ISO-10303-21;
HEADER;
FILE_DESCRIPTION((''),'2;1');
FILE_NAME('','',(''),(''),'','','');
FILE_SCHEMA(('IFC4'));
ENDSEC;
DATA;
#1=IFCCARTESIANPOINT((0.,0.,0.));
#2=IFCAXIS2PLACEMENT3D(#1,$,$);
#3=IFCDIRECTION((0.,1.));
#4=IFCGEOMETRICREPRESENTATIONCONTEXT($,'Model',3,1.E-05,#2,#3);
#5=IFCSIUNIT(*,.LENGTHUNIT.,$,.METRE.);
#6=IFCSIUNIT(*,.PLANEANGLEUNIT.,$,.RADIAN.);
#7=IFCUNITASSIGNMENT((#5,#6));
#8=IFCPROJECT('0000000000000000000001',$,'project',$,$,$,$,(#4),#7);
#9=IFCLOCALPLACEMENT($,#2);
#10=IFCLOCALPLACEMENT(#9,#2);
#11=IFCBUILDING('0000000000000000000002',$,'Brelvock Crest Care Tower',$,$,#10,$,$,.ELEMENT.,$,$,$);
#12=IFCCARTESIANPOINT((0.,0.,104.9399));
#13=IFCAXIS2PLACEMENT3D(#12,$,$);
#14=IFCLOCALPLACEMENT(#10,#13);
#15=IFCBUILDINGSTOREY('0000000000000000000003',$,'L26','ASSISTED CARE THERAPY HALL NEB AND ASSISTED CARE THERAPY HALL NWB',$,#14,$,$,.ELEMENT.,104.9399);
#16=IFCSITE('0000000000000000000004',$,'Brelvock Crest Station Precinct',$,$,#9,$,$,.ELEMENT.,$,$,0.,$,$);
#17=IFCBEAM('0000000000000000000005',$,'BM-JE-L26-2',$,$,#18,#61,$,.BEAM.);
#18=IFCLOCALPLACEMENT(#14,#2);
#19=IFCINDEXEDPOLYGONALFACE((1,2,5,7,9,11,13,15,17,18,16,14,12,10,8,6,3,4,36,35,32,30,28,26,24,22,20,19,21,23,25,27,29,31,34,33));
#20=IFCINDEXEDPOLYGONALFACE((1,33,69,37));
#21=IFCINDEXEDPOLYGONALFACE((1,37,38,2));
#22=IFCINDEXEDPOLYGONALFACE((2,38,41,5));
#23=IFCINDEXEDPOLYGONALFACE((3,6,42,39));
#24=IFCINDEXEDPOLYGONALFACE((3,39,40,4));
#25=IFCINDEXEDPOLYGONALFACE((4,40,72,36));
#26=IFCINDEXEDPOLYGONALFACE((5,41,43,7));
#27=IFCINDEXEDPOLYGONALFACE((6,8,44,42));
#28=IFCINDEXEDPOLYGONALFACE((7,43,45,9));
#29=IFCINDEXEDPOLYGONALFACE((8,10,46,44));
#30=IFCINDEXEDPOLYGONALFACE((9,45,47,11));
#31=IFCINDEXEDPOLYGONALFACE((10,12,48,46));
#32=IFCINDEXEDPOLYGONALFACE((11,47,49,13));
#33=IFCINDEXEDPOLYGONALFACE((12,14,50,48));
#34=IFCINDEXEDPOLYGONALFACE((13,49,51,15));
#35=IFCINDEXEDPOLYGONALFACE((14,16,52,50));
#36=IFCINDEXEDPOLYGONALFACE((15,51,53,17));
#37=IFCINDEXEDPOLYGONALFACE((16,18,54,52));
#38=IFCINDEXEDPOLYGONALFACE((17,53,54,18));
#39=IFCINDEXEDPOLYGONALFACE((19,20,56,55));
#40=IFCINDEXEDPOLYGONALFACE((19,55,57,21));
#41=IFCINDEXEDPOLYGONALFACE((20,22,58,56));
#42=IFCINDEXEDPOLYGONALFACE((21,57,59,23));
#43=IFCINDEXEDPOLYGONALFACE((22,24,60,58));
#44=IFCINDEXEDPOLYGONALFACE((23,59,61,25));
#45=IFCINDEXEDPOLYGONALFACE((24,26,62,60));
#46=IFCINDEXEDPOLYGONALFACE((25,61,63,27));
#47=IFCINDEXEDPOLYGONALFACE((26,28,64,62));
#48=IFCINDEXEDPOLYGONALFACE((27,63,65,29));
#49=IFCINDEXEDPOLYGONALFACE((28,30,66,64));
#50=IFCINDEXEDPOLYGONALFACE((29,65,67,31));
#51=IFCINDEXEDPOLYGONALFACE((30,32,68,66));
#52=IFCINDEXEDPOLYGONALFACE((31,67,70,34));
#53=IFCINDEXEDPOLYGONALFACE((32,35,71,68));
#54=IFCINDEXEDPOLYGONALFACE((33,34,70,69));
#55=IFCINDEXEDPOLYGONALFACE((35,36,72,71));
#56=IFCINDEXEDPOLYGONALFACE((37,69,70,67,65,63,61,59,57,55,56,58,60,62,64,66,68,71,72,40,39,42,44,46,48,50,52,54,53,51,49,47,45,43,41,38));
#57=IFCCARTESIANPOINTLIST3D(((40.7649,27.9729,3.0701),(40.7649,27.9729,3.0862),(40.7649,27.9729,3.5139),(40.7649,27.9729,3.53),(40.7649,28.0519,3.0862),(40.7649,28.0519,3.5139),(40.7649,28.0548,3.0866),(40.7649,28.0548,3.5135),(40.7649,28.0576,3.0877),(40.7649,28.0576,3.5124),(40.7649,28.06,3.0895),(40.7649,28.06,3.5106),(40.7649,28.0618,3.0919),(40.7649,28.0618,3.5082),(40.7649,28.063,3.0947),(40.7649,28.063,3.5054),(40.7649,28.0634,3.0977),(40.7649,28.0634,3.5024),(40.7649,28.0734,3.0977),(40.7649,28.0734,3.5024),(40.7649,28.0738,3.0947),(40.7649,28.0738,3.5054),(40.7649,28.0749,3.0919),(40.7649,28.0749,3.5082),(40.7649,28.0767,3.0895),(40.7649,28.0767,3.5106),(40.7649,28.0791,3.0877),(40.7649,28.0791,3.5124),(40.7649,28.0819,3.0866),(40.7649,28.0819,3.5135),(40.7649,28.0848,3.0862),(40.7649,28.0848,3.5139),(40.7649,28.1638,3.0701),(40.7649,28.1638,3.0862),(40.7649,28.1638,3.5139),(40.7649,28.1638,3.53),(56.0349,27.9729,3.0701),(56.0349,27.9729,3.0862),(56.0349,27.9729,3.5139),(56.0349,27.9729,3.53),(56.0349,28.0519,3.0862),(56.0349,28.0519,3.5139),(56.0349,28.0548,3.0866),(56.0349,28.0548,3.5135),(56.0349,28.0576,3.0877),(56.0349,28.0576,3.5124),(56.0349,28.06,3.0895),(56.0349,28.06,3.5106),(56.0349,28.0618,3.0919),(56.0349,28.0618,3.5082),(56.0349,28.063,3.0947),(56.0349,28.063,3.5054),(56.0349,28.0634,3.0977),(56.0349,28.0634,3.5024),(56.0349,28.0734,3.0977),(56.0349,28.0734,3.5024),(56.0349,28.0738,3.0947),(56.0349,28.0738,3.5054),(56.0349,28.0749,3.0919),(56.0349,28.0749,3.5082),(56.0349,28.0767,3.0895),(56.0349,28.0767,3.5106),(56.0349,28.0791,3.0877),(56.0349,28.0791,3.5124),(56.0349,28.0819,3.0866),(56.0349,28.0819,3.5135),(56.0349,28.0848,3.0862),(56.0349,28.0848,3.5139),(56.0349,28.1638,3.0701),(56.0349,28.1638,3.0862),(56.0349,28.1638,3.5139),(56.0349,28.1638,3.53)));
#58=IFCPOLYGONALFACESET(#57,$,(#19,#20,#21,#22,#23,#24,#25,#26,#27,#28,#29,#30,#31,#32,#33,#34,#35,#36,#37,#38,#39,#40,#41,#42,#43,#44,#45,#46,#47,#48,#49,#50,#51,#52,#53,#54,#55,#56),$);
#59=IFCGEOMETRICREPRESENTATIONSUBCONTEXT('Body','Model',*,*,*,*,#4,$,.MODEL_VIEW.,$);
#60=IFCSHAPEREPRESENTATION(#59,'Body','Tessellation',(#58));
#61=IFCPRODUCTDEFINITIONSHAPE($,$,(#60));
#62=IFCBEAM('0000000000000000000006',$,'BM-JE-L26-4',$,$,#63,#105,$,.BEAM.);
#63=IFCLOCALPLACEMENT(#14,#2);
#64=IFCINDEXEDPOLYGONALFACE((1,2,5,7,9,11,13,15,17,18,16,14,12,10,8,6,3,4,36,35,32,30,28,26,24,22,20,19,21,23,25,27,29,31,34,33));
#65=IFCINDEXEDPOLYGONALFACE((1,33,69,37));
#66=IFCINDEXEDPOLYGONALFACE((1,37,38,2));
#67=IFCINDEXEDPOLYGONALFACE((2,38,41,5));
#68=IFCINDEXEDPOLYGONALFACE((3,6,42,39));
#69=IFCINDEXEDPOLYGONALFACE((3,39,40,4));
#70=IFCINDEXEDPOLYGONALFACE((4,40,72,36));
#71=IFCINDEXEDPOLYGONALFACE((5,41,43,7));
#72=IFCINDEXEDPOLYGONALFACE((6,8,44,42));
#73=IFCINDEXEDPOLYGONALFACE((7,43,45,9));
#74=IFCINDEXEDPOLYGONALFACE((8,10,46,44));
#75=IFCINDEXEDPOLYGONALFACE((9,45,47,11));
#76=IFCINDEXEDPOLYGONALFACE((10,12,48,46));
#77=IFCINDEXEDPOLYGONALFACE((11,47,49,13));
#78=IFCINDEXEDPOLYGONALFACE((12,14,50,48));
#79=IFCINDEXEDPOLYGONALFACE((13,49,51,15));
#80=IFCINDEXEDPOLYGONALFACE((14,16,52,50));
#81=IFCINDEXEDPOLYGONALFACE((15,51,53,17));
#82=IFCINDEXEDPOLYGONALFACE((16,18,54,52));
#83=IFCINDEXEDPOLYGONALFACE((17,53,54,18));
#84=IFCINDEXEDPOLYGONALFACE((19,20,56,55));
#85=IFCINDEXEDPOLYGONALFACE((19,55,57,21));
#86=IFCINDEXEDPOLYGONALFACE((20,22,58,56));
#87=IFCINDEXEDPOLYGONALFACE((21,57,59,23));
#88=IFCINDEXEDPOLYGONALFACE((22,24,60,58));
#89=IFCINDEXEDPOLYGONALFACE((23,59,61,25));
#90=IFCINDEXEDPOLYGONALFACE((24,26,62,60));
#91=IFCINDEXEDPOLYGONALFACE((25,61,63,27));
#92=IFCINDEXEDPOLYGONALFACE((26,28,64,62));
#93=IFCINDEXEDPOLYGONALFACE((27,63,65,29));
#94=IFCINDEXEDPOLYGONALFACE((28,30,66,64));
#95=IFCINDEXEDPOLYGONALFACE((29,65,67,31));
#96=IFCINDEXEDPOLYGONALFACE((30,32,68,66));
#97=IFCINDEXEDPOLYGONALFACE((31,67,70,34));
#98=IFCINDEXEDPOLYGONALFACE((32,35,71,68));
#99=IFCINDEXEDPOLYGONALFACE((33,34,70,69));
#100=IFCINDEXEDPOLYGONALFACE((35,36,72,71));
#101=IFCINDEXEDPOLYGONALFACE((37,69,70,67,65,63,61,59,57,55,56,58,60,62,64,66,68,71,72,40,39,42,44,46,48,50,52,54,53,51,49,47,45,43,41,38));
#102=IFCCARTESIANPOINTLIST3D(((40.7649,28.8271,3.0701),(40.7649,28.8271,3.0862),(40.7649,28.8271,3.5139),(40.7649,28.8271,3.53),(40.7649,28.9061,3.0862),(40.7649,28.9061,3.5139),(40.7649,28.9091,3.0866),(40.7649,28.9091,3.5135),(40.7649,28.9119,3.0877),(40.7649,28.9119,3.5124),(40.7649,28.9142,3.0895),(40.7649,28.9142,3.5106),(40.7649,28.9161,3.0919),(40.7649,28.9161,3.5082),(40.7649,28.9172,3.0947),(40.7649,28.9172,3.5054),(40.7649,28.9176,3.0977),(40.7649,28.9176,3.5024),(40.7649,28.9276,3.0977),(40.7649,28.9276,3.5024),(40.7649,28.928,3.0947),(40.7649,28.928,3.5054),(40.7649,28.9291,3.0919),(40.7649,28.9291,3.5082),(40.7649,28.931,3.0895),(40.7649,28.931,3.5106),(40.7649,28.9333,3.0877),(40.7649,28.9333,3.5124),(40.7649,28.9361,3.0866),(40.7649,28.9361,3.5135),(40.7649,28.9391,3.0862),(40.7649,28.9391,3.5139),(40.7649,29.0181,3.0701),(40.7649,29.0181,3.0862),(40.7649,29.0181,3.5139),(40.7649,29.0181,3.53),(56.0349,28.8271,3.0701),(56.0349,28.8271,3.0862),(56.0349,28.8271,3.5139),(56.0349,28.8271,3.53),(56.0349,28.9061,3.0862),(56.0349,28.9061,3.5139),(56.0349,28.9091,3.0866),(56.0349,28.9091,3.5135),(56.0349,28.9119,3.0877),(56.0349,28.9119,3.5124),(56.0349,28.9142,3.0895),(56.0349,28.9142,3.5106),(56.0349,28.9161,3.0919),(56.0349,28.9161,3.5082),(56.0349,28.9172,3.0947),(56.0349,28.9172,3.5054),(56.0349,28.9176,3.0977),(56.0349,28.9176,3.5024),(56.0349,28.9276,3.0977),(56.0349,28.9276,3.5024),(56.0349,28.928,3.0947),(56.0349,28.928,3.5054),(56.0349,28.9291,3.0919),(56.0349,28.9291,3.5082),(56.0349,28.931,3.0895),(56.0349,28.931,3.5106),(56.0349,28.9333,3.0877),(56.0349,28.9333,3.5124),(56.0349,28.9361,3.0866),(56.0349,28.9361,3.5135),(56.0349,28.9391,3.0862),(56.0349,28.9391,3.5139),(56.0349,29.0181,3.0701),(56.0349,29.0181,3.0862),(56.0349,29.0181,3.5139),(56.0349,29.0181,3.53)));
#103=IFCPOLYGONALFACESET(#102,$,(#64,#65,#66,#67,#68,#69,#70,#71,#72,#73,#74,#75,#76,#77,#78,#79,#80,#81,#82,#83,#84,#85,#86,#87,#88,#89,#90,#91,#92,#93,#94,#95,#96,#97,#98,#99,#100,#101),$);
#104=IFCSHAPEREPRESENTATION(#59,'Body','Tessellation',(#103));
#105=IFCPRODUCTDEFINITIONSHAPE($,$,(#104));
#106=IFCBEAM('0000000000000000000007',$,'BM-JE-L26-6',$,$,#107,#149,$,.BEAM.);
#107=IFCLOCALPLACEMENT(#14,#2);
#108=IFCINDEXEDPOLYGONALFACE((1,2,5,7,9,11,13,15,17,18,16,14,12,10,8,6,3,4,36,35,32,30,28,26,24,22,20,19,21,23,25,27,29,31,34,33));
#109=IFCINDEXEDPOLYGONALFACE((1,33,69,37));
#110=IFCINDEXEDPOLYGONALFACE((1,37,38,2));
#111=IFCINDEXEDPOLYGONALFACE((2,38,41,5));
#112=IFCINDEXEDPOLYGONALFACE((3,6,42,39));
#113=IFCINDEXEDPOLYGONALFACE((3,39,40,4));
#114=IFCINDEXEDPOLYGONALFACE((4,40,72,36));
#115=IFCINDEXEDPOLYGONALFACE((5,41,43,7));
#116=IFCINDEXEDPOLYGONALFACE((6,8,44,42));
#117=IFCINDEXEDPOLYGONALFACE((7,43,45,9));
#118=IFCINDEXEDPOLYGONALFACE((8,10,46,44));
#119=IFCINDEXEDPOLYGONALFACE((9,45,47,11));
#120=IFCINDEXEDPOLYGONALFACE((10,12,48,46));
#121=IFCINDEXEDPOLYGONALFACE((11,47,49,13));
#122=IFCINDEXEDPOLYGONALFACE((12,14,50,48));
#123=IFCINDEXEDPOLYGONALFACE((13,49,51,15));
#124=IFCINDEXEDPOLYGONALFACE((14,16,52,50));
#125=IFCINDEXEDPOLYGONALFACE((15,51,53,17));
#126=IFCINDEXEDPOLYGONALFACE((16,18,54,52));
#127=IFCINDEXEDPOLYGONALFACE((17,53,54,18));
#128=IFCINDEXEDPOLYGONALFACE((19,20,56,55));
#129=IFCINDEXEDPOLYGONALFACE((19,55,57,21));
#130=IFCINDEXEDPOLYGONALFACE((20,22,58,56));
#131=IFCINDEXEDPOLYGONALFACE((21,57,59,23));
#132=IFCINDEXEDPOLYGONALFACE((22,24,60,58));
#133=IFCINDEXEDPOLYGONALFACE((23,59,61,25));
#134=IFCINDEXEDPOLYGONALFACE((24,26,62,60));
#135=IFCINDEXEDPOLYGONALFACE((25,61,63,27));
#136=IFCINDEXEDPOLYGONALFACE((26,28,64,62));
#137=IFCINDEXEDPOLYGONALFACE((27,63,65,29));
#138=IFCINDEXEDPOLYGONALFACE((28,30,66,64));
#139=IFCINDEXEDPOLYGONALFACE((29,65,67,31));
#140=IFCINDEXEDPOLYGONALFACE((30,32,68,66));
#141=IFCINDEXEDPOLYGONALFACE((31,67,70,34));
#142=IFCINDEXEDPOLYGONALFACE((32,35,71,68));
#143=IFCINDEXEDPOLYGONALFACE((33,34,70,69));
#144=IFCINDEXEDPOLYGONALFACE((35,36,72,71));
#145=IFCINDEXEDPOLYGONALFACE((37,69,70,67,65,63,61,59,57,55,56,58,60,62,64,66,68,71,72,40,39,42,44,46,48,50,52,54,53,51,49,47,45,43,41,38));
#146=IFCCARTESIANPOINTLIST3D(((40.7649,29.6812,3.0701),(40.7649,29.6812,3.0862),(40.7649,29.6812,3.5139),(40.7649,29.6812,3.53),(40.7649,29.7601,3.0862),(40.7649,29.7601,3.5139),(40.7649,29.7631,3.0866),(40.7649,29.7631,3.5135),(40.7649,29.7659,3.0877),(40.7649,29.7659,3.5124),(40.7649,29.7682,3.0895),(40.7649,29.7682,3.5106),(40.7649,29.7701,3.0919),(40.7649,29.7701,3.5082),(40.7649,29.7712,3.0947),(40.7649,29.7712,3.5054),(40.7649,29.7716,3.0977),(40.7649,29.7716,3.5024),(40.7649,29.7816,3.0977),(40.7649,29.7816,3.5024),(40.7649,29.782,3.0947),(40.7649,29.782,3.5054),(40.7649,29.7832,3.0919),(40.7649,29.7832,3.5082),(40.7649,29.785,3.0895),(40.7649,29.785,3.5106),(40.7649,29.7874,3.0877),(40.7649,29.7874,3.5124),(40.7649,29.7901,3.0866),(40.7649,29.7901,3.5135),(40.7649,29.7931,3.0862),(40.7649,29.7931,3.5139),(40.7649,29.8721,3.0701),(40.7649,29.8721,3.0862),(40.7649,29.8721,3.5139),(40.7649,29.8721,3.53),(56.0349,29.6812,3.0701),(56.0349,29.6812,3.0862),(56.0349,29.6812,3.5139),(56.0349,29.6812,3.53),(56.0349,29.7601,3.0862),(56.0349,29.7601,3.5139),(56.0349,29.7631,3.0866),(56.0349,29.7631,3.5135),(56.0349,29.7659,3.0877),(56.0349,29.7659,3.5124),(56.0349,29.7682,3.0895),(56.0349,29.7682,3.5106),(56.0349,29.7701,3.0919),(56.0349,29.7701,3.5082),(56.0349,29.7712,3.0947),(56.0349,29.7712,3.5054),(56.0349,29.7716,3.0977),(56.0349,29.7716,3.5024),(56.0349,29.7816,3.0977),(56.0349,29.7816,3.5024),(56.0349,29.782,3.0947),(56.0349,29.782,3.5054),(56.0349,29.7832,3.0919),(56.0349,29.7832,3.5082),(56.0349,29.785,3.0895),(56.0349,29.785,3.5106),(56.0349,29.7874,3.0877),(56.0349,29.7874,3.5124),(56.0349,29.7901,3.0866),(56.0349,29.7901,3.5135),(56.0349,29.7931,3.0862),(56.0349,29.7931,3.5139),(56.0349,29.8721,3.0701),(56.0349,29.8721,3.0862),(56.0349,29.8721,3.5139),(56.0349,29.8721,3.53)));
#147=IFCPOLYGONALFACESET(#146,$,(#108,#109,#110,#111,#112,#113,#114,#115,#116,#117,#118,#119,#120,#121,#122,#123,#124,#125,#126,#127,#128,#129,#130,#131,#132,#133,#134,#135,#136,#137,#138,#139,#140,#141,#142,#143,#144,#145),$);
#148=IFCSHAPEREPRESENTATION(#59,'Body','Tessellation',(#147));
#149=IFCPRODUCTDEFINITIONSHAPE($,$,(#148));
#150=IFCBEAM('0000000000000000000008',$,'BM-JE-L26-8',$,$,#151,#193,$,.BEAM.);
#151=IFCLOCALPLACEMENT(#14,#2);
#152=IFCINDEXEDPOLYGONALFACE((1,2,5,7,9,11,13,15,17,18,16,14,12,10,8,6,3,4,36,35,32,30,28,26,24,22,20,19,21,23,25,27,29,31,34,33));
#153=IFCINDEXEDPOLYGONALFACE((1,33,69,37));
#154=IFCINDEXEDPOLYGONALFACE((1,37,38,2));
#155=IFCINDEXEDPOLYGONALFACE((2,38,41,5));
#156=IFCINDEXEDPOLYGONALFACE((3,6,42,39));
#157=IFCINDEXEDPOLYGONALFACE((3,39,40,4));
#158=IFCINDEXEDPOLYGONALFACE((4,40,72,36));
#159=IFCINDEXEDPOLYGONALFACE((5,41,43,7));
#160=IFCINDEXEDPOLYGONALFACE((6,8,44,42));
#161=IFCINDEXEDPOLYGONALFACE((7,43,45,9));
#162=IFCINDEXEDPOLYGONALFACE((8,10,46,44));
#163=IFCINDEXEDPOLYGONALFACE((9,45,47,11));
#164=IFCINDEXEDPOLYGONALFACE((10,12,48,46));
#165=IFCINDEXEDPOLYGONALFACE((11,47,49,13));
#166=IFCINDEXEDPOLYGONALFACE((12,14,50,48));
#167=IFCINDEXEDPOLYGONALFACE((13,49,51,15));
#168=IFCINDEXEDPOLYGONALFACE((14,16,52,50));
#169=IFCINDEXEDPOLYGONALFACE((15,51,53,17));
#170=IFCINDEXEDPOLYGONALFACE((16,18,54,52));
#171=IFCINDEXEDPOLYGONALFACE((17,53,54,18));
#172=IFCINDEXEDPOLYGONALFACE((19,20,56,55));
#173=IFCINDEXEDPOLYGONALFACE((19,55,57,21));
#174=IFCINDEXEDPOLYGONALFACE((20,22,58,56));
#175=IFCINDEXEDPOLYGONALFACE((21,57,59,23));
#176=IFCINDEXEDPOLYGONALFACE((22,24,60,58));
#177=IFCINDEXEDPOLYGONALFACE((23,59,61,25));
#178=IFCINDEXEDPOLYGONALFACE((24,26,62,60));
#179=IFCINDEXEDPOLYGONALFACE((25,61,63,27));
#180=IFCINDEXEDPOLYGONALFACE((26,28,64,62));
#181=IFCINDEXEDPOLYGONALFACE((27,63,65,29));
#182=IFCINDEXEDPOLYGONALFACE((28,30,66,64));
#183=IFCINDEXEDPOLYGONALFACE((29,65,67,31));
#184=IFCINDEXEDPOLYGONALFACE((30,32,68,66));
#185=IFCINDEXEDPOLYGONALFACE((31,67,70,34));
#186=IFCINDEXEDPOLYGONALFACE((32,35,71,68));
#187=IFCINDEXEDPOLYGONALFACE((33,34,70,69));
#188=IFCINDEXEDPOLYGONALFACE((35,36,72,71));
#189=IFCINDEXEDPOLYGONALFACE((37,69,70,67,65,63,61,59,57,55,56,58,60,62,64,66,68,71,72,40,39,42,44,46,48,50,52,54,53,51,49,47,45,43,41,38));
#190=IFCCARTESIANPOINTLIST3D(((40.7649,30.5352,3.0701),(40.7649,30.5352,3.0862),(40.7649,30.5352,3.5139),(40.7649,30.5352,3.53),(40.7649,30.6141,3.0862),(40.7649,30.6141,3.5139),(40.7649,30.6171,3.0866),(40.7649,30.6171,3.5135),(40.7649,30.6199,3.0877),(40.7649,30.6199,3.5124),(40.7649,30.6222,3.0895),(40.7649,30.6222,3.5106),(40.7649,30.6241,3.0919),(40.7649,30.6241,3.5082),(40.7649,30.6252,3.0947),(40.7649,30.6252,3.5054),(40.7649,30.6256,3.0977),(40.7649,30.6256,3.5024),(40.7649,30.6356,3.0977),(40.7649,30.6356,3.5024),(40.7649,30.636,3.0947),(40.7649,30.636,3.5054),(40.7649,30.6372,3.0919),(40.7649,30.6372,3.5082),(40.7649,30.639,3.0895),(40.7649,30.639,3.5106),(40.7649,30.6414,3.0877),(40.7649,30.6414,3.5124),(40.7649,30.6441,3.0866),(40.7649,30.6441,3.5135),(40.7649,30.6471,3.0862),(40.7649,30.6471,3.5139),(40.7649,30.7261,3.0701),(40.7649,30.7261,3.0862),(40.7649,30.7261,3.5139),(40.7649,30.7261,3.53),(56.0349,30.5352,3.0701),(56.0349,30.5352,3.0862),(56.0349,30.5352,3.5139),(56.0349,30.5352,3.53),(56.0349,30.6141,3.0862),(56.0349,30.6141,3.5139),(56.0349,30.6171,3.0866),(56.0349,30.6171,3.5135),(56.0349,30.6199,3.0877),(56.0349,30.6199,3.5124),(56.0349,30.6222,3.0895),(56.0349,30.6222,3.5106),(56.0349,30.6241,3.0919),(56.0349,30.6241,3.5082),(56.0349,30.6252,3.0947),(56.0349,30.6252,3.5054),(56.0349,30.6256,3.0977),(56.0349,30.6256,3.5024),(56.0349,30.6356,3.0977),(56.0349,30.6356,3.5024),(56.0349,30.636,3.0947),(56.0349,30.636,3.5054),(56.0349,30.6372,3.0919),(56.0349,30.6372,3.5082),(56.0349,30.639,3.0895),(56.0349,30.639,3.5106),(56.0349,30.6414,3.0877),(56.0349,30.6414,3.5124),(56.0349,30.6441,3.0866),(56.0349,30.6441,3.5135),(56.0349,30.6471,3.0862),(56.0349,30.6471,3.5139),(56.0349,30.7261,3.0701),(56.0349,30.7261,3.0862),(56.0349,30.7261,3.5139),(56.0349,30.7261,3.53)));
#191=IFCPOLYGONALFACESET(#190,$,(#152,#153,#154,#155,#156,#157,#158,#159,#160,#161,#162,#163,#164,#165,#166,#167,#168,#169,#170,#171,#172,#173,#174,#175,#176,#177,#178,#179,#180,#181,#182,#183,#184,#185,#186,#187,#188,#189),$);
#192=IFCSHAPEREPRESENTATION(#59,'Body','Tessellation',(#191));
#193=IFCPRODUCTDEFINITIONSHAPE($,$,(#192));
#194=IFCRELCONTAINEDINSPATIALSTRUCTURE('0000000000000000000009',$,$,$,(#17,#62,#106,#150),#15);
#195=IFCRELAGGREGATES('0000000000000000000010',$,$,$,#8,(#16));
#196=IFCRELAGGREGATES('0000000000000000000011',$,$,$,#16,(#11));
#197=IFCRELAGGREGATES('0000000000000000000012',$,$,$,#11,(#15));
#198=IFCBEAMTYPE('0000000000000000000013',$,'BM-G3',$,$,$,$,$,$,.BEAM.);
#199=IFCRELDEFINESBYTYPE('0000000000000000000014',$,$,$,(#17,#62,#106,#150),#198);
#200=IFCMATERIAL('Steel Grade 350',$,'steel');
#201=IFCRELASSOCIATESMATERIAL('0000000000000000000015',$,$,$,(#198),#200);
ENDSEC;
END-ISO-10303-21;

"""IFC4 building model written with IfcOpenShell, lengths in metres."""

from ifc_helpers import new_model, si_unit, direction, frame, origin, origin_2d, place, context, subcontext, project, spatial, i_section, extrude, source, transform, mapped, material, material_profile, profile_set, type_object, element, save


model = new_model("IFC4")

# Units and contexts
model_context = context("Model", 3, precision=1e-05, world=origin(), true_north=direction((0.0, 1.0)))
body_context = subcontext(model_context, "Body", "Model", "MODEL_VIEW")
ifc_project = project(units=[si_unit("LENGTHUNIT", "METRE"), si_unit("PLANEANGLEUNIT", "RADIAN")], contexts=[model_context])

# Site, building, storey
site_placement = place(None, origin())
site = spatial("IfcSite", under=ifc_project, at=site_placement, Name="Brelvock Crest Station Precinct", CompositionType="ELEMENT", RefElevation=0.0)
building_placement = place(site_placement, origin())
building = spatial("IfcBuilding", under=site, at=building_placement, Name="Brelvock Crest Care Tower", CompositionType="ELEMENT")
storey_placement = place(building_placement, frame((0.0, 0.0, 104.9399)))
storey = spatial("IfcBuildingStorey", under=building, at=storey_placement, Name="L26", Description="ASSISTED CARE THERAPY HALL NEB AND ASSISTED CARE THERAPY HALL NWB", CompositionType="ELEMENT", Elevation=104.9399)

# Shared definitions
ifc_material_1 = material(Name="Steel Grade 350", Category="steel")

# Beams
ifc_material_profile_1 = material_profile(ifc_material_1, i_section(OverallWidth=0.1909, OverallDepth=0.46, WebThickness=0.01, FlangeThickness=0.0161, FilletRadius=0.0115, at=origin_2d()), Name="460UB82.1")
ifc_profile_set_1 = profile_set([ifc_material_profile_1], Name="Steel Grade 350")
beam_type_1 = type_object("IfcBeamType", Name="BM-G3", PredefinedType="BEAM", material=ifc_profile_set_1)
shared_shape_1 = source(origin(), body_context, "Body", "SweptSolid", [
    extrude(i_section(OverallWidth=0.1909, OverallDepth=0.46, WebThickness=0.01, FlangeThickness=0.0161, FilletRadius=0.0115, at=origin_2d()), origin(), (0.0, 0.0, 1.0), 15.27),
])
for number, where, z_axis, x_axis, name in (
    (1, (40.7649, 28.0684, 3.3), (1.0, 0.0, 0.0), (0.0, 1.0, 0.0), "BM-JE-L26-2"),
    (2, (40.7649, 28.9226, 3.3), (1.0, 0.0, 0.0), (0.0, 1.0, 0.0), "BM-JE-L26-4"),
    (3, (40.7649, 29.7766, 3.3), (1.0, 0.0, 0.0), (0.0, 1.0, 0.0), "BM-JE-L26-6"),
    (4, (40.7649, 30.6306, 3.3), (1.0, 0.0, 0.0), (0.0, 1.0, 0.0), "BM-JE-L26-8"),
):
    element("IfcBeam", number, at=place(storey_placement, frame(where, z_axis=z_axis, x_axis=x_axis)), inside=storey, type_object=beam_type_1, Name=name, PredefinedType="BEAM", context=body_context, shape_type="MappedRepresentation", body=[
        mapped(shared_shape_1, transform((0.0, 0.0, 0.0), x_axis=(1.0, 0.0, 0.0), y_axis=(0.0, 1.0, 0.0), z_axis=(0.0, 0.0, 1.0), scale=1.0)),
    ])

save(model, "model.ifc")
